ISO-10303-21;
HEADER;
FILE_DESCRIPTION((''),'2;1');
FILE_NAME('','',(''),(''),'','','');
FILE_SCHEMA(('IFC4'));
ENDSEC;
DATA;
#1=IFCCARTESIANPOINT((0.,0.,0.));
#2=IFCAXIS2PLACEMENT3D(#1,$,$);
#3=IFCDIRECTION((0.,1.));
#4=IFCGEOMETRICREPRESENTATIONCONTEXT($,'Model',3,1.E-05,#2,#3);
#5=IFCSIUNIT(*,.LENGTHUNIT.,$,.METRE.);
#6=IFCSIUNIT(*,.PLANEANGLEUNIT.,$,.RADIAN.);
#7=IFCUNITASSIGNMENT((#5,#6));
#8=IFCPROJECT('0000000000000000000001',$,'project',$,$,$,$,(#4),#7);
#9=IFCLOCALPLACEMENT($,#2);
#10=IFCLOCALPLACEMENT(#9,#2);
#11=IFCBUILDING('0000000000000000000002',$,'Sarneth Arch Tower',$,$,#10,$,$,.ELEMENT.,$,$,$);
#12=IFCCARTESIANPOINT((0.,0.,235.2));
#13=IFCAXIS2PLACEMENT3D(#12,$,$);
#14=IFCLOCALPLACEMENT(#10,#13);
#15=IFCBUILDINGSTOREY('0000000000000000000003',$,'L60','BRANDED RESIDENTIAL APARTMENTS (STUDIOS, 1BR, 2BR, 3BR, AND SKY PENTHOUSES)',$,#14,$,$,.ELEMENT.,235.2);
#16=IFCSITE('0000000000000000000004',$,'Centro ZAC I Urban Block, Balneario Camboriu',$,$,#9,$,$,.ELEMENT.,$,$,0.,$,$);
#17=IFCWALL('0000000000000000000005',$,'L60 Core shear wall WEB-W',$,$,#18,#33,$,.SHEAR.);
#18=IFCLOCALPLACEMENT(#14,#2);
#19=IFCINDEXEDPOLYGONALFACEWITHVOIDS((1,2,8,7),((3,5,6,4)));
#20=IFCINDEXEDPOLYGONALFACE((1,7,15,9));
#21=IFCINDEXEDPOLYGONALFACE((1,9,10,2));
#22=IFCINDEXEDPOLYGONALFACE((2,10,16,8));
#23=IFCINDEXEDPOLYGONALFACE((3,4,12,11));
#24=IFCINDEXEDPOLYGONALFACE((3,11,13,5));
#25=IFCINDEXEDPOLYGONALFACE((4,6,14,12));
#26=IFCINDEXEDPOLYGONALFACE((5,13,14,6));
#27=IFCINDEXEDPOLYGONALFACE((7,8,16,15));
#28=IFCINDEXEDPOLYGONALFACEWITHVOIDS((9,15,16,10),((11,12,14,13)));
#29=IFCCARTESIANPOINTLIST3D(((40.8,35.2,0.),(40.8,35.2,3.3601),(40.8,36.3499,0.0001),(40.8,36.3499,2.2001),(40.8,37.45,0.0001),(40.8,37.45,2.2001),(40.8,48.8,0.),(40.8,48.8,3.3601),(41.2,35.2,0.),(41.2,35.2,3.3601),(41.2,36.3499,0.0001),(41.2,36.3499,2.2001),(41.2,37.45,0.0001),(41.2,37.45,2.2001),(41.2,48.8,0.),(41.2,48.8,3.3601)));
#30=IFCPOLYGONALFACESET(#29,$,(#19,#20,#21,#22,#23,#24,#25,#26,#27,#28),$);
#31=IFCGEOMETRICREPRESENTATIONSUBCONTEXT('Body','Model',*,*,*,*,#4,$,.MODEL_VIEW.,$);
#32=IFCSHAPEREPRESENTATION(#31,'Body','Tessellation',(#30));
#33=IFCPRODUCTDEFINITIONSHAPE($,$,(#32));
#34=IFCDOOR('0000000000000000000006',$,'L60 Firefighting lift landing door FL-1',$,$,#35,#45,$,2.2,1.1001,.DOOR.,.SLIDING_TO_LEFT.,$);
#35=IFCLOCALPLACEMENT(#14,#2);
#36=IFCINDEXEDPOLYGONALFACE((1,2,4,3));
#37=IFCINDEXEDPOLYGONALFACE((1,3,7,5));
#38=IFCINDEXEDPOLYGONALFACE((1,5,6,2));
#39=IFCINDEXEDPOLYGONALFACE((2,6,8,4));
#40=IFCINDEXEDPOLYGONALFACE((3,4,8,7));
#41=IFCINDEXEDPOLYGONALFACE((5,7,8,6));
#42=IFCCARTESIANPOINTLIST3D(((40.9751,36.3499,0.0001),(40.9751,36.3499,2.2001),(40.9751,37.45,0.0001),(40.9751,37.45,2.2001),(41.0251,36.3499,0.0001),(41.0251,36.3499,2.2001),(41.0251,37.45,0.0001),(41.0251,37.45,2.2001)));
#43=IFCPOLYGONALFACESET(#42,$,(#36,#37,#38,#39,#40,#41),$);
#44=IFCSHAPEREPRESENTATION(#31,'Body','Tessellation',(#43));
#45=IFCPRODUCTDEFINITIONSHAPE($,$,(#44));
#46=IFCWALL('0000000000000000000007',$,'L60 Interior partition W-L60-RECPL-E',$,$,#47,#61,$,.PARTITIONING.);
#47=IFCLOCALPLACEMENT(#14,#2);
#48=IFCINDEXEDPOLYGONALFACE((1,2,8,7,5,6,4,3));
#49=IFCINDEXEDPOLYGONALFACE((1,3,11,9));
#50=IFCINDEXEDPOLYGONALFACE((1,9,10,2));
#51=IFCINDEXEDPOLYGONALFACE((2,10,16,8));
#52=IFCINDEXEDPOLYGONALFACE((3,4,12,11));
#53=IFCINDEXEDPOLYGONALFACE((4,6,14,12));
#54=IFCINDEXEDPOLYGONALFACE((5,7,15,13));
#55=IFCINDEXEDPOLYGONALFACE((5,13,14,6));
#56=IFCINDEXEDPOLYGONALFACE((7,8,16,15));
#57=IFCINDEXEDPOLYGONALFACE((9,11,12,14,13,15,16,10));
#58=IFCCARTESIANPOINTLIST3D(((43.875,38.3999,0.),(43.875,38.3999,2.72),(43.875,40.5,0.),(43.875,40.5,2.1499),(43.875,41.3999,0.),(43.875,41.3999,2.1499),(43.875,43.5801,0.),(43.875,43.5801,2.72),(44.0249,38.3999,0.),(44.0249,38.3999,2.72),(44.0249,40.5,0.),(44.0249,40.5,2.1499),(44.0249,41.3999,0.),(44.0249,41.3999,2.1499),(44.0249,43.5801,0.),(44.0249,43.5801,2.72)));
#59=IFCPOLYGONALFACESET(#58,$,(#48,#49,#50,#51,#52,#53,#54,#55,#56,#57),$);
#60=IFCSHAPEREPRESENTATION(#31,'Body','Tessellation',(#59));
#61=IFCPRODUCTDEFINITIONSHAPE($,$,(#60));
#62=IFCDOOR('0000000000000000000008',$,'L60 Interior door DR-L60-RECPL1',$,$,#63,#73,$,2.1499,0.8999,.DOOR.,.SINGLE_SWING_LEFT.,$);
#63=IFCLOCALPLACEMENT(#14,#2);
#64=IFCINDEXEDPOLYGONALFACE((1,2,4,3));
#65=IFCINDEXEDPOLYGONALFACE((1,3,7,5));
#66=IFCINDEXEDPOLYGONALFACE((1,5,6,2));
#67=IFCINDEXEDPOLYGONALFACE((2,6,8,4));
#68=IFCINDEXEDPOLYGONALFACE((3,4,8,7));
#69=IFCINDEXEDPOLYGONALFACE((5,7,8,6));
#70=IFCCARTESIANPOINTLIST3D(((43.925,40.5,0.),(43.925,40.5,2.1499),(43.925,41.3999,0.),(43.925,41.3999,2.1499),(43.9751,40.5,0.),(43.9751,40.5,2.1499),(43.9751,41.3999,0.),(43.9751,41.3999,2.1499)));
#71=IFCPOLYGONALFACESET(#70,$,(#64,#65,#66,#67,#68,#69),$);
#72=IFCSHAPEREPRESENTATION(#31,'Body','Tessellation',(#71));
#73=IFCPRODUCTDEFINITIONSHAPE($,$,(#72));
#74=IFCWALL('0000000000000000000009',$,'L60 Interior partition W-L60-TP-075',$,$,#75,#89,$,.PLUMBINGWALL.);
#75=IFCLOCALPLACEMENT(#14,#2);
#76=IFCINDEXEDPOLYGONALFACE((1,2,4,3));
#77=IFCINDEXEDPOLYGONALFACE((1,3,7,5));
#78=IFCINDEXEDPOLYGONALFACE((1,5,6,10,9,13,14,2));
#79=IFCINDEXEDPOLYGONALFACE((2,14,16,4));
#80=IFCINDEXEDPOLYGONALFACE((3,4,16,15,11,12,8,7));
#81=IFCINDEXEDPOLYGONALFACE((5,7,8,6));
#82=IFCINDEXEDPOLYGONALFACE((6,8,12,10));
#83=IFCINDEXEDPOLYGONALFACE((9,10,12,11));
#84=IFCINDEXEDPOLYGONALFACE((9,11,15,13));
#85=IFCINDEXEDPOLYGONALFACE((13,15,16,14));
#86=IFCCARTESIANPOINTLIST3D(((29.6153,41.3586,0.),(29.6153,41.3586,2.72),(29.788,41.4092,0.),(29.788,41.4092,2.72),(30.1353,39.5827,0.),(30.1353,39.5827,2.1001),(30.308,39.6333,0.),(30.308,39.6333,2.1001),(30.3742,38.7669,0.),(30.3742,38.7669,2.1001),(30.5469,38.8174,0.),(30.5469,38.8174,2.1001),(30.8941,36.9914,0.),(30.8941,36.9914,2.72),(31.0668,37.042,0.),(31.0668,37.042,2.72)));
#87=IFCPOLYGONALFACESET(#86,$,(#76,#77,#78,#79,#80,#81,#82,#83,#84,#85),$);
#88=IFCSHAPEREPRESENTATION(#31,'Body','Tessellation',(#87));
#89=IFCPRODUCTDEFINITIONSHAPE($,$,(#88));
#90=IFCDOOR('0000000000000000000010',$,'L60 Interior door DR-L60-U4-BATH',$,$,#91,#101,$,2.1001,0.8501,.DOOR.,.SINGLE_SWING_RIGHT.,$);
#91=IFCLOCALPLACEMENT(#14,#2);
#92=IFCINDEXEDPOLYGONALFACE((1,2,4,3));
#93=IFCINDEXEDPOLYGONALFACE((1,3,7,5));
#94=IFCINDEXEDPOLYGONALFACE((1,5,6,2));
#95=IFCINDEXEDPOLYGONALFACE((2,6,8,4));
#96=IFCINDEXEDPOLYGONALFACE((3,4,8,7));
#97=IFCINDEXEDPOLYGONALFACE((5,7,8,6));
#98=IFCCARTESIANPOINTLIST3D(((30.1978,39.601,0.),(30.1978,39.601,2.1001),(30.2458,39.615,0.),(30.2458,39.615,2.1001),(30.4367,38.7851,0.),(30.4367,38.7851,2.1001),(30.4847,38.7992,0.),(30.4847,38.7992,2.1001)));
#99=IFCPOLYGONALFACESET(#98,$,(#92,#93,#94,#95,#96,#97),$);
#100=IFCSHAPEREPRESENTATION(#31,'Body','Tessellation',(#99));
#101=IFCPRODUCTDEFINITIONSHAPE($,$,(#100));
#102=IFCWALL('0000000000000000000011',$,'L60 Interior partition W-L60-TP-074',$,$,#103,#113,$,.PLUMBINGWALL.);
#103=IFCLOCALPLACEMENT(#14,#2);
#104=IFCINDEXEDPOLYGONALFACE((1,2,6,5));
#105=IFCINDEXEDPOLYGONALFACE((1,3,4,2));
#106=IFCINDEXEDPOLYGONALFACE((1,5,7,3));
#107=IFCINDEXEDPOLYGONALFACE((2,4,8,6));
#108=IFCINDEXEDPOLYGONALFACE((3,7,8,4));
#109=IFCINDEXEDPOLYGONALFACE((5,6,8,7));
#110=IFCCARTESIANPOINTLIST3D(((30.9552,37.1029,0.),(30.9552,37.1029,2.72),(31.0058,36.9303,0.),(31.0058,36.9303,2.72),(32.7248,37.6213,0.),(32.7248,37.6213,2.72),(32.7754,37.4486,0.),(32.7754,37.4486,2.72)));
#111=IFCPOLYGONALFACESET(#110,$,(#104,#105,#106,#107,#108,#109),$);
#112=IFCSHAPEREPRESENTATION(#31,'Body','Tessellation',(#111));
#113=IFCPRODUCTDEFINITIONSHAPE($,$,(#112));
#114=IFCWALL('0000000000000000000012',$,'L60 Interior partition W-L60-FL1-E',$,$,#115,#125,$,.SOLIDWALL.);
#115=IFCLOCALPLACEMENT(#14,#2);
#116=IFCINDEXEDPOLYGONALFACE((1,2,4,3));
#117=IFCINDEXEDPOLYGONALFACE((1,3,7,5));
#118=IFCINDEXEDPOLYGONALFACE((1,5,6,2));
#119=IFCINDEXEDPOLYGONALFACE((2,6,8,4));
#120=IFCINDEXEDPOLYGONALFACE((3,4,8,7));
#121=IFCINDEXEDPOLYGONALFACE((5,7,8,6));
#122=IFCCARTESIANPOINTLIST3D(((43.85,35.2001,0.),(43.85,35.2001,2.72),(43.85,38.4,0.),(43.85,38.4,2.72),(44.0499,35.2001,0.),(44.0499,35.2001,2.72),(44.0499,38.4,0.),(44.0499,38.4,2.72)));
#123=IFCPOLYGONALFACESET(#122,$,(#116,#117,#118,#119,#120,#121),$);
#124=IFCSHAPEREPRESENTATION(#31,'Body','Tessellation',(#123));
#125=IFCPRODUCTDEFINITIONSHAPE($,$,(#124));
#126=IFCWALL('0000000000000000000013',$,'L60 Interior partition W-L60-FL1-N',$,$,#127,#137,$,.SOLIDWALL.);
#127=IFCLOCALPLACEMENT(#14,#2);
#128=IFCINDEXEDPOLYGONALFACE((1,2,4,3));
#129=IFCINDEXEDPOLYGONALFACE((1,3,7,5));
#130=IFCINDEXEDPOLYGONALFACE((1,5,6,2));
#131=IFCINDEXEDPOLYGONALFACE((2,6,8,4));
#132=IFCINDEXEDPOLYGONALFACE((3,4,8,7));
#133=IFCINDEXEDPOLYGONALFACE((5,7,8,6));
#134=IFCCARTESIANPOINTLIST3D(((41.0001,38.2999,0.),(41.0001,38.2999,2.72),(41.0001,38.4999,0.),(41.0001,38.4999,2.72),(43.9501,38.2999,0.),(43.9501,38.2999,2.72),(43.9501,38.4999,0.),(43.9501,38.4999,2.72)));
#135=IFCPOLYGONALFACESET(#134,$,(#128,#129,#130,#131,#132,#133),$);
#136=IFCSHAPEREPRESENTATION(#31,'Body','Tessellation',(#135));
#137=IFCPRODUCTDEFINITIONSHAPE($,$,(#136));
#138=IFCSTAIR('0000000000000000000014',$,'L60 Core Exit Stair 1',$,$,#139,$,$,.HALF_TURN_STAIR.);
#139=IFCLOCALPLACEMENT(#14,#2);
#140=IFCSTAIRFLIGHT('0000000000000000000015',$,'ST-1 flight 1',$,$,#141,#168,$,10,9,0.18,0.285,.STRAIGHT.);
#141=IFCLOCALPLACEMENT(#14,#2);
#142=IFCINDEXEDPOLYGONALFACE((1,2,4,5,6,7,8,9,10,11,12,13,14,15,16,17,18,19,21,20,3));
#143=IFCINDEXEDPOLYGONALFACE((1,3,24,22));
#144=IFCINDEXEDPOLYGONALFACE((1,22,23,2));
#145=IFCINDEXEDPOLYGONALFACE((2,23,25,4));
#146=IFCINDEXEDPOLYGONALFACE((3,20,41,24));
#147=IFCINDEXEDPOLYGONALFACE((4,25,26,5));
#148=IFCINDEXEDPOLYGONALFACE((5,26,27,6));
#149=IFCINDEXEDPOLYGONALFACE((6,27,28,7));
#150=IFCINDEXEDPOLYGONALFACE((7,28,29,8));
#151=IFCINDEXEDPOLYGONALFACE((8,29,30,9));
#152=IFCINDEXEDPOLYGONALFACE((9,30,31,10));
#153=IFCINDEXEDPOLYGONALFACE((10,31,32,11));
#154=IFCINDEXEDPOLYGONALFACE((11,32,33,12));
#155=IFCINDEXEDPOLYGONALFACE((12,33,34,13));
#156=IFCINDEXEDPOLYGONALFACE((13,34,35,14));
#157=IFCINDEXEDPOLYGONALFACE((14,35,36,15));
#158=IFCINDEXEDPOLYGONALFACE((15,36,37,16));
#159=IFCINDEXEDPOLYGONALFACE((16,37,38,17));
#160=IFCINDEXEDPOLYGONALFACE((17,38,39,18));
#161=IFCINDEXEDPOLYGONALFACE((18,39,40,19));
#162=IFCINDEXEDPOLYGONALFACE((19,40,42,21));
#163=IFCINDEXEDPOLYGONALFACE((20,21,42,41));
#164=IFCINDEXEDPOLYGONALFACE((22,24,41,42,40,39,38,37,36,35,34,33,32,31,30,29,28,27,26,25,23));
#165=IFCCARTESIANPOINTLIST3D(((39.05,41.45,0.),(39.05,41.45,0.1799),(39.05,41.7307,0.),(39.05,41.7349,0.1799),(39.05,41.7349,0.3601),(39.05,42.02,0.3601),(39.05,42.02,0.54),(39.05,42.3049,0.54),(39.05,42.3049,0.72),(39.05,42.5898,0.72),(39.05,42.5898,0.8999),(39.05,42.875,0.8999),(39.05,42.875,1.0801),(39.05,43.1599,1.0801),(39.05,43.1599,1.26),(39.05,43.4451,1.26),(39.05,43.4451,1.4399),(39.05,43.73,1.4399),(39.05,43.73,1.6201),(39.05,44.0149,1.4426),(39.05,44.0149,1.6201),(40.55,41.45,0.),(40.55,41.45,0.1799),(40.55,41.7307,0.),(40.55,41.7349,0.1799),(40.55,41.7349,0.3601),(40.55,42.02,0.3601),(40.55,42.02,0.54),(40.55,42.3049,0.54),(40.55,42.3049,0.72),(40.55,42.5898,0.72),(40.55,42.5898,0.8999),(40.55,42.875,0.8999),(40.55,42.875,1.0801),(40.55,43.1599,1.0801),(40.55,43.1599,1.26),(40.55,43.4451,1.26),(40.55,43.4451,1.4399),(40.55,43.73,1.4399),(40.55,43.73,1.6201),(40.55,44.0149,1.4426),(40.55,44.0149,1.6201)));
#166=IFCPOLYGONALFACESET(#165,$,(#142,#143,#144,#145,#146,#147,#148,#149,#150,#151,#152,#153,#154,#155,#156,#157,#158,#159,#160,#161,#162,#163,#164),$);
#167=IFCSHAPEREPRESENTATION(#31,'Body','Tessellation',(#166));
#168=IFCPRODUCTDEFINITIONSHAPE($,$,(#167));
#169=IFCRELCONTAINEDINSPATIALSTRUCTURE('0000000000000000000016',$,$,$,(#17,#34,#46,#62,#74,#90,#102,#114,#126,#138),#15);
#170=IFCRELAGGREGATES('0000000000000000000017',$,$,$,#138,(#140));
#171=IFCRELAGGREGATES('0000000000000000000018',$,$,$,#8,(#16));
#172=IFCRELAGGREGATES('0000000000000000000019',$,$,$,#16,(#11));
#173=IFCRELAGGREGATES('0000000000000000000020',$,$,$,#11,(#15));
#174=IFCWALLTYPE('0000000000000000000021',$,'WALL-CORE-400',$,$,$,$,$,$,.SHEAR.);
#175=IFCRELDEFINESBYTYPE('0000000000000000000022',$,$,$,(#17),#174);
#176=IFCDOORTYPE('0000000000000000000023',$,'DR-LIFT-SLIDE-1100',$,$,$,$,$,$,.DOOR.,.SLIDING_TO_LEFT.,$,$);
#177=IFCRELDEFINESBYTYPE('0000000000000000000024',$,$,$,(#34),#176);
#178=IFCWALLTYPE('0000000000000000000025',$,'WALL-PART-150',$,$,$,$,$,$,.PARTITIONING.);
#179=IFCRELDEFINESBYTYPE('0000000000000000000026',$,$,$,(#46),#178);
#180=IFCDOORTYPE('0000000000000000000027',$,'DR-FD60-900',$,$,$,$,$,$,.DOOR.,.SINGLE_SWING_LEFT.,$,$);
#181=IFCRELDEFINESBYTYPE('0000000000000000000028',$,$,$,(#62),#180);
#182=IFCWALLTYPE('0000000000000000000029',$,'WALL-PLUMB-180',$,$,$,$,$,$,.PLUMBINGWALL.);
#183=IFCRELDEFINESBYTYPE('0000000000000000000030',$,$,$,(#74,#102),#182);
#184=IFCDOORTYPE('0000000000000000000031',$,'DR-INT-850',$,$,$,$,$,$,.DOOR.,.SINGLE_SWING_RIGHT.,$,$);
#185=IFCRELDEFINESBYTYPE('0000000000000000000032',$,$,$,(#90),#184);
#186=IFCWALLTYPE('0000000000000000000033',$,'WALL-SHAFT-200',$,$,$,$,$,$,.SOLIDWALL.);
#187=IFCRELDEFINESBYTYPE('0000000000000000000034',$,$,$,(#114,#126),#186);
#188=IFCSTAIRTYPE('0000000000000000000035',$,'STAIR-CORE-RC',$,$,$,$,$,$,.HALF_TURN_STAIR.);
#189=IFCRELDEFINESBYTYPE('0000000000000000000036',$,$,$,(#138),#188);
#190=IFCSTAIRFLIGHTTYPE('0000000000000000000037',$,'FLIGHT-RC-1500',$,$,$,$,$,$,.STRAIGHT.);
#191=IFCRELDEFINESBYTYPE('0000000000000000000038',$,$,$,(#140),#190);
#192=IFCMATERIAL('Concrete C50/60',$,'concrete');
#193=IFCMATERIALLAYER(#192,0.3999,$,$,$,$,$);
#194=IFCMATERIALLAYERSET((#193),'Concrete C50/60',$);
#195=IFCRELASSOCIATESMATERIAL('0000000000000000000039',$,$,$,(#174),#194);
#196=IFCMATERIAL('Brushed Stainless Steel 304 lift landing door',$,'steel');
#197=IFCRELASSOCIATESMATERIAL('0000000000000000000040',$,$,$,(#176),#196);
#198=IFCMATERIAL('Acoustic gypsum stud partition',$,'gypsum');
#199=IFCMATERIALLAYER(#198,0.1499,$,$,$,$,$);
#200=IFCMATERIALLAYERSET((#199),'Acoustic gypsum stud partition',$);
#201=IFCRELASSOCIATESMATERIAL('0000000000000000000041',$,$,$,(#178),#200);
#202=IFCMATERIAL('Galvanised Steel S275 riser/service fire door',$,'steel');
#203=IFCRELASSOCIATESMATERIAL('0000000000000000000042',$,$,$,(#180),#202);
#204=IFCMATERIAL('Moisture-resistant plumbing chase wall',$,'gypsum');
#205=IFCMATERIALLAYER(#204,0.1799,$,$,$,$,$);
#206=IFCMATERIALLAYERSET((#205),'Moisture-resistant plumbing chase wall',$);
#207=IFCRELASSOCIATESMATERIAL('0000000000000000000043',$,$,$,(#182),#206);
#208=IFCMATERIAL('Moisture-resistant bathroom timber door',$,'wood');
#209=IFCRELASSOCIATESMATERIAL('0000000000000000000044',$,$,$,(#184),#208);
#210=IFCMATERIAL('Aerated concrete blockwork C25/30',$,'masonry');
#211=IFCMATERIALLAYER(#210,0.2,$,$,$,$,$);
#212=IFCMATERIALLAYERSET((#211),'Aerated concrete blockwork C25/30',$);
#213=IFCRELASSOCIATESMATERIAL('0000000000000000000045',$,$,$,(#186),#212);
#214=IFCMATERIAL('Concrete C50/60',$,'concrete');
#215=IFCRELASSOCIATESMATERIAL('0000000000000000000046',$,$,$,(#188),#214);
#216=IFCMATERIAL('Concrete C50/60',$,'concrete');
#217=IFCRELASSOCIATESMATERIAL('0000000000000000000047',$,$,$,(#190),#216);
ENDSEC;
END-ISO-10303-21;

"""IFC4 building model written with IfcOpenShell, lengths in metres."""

from ifc_helpers import new_model, si_unit, direction, frame, frame_2d, origin, place, context, subcontext, project, spatial, polyline, rectangle, outline, extrude, material, layer, layer_set, type_object, element, fill, aggregate, save


model = new_model("IFC4")

# Units and contexts
model_context = context("Model", 3, precision=1e-05, world=origin(), true_north=direction((0.0, 1.0)))
body_context = subcontext(model_context, "Body", "Model", "MODEL_VIEW")
ifc_project = project(units=[si_unit("LENGTHUNIT", "METRE"), si_unit("PLANEANGLEUNIT", "RADIAN")], contexts=[model_context])

# Site, building, storey
site_placement = place(None, origin())
site = spatial("IfcSite", under=ifc_project, at=site_placement, Name="Centro ZAC I Urban Block, Balneario Camboriu", CompositionType="ELEMENT", RefElevation=0.0)
building_placement = place(site_placement, origin())
building = spatial("IfcBuilding", under=site, at=building_placement, Name="Sarneth Arch Tower", CompositionType="ELEMENT")
storey_placement = place(building_placement, frame((0.0, 0.0, 235.2)))
storey = spatial("IfcBuildingStorey", under=building, at=storey_placement, Name="L60", Description="BRANDED RESIDENTIAL APARTMENTS (STUDIOS, 1BR, 2BR, 3BR, AND SKY PENTHOUSES)", CompositionType="ELEMENT", Elevation=235.2)

# Shared definitions
ifc_material_1 = material(Name="Concrete C50/60", Category="concrete")
ifc_layer_1 = layer(ifc_material_1, 0.3999)
ifc_layer_set_1 = layer_set([ifc_layer_1], Name="Concrete C50/60")
wall_type_1 = type_object("IfcWallType", Name="WALL-CORE-400", PredefinedType="SHEAR", material=ifc_layer_set_1)

# Walls, openings, doors
wall_1_placement = place(storey_placement, frame((41.0, 35.2, 0.0), z_axis=(0.0, 0.0, 1.0), x_axis=(0.0, 1.0, 0.0)))
wall_1 = element("IfcWall", 1, at=wall_1_placement, inside=storey, type_object=wall_type_1, Name="L60 Core shear wall WEB-W", PredefinedType="SHEAR", context=body_context, shape_type="SweptSolid", body=[
    extrude(rectangle(XDim=13.6001, YDim=0.3999, at=frame_2d((6.8, 0.0))), origin(), (0.0, 0.0, 1.0), 3.3601),
])
opening_1_placement = place(wall_1_placement, frame((1.1499, 0.0, 0.0)))
opening_1 = element("IfcOpeningElement", 2, at=opening_1_placement, cuts=wall_1, PredefinedType="OPENING", context=body_context, shape_type="SweptSolid", body=[
    extrude(rectangle(XDim=1.1001, YDim=2.2, at=frame_2d((0.55, 1.1001))), frame((0.0, 0.21, 0.0), z_axis=(0.0, -1.0, 0.0), x_axis=(1.0, 0.0, 0.0)), (0.0, 0.0, 1.0), 0.4199),
])
ifc_material_2 = material(Name="Brushed Stainless Steel 304 lift landing door", Category="steel")
door_type_1 = type_object("IfcDoorType", Name="DR-LIFT-SLIDE-1100", OperationType="SLIDING_TO_LEFT", PredefinedType="DOOR", material=ifc_material_2)
door_1_placement = place(opening_1_placement, origin())
door_1 = element("IfcDoor", 3, at=door_1_placement, inside=storey, type_object=door_type_1, Name="L60 Firefighting lift landing door FL-1", OperationType="SLIDING_TO_LEFT", OverallHeight=2.2, OverallWidth=1.1001, PredefinedType="DOOR", context=body_context, shape_type="SweptSolid", body=[
    extrude(rectangle(XDim=1.1001, YDim=2.2, at=frame_2d((0.55, 1.1001))), frame((0.0, 0.0249, 0.0), z_axis=(0.0, -1.0, 0.0), x_axis=(1.0, 0.0, 0.0)), (0.0, 0.0, 1.0), 0.05),
])
fill(opening_1, door_1)
ifc_material_3 = material(Name="Acoustic gypsum stud partition", Category="gypsum")
ifc_layer_2 = layer(ifc_material_3, 0.1499)
ifc_layer_set_2 = layer_set([ifc_layer_2], Name="Acoustic gypsum stud partition")
wall_type_2 = type_object("IfcWallType", Name="WALL-PART-150", PredefinedType="PARTITIONING", material=ifc_layer_set_2)
wall_2_placement = place(storey_placement, frame((43.95, 38.3999, 0.0), z_axis=(0.0, 0.0, 1.0), x_axis=(0.0, 1.0, 0.0)))
wall_2 = element("IfcWall", 4, at=wall_2_placement, inside=storey, type_object=wall_type_2, Name="L60 Interior partition W-L60-RECPL-E", PredefinedType="PARTITIONING", context=body_context, shape_type="SweptSolid", body=[
    extrude(rectangle(XDim=5.1802, YDim=0.1499, at=frame_2d((2.5901, 0.0))), origin(), (0.0, 0.0, 1.0), 2.72),
])
opening_2_placement = place(wall_2_placement, frame((2.1001, 0.0, 0.0)))
opening_2 = element("IfcOpeningElement", 5, at=opening_2_placement, cuts=wall_2, PredefinedType="OPENING", context=body_context, shape_type="SweptSolid", body=[
    extrude(rectangle(XDim=0.8999, YDim=2.1499, at=frame_2d((0.45, 1.075))), frame((0.0, 0.085, 0.0), z_axis=(0.0, -1.0, 0.0), x_axis=(1.0, 0.0, 0.0)), (0.0, 0.0, 1.0), 0.1699),
])
ifc_material_4 = material(Name="Galvanised Steel S275 riser/service fire door", Category="steel")
door_type_2 = type_object("IfcDoorType", Name="DR-FD60-900", OperationType="SINGLE_SWING_LEFT", PredefinedType="DOOR", material=ifc_material_4)
door_2_placement = place(opening_2_placement, origin())
door_2 = element("IfcDoor", 6, at=door_2_placement, inside=storey, type_object=door_type_2, Name="L60 Interior door DR-L60-RECPL1", OperationType="SINGLE_SWING_LEFT", OverallHeight=2.1499, OverallWidth=0.8999, PredefinedType="DOOR", context=body_context, shape_type="SweptSolid", body=[
    extrude(rectangle(XDim=0.8999, YDim=2.1499, at=frame_2d((0.45, 1.075))), frame((0.0, 0.0249, 0.0), z_axis=(0.0, -1.0, 0.0), x_axis=(1.0, 0.0, 0.0)), (0.0, 0.0, 1.0), 0.05),
])
fill(opening_2, door_2)
ifc_material_5 = material(Name="Moisture-resistant plumbing chase wall", Category="gypsum")
ifc_layer_3 = layer(ifc_material_5, 0.1799)
ifc_layer_set_3 = layer_set([ifc_layer_3], Name="Moisture-resistant plumbing chase wall")
wall_type_3 = type_object("IfcWallType", Name="WALL-PLUMB-180", PredefinedType="PLUMBINGWALL", material=ifc_layer_set_3)
wall_3_placement = place(storey_placement, frame((30.9805, 37.0166, 0.0), z_axis=(0.0, 0.0, 1.0), x_axis=(-0.281022, 0.959701, 0.0)))
wall_3 = element("IfcWall", 7, at=wall_3_placement, inside=storey, type_object=wall_type_3, Name="L60 Interior partition W-L60-TP-075", PredefinedType="PLUMBINGWALL", context=body_context, shape_type="SweptSolid", body=[
    extrude(rectangle(XDim=4.5505, YDim=0.1799, at=frame_2d((2.2754, 0.0))), origin(), (0.0, 0.0, 1.0), 2.72),
])
opening_3_placement = place(wall_3_placement, frame((1.8501, 0.0, 0.0)))
opening_3 = element("IfcOpeningElement", 8, at=opening_3_placement, cuts=wall_3, PredefinedType="OPENING", context=body_context, shape_type="SweptSolid", body=[
    extrude(rectangle(XDim=0.8501, YDim=2.1001, at=frame_2d((0.425, 1.05))), frame((0.0, 0.0999, 0.0), z_axis=(0.0, -1.0, 0.0), x_axis=(1.0, 0.0, 0.0)), (0.0, 0.0, 1.0), 0.2),
])
ifc_material_6 = material(Name="Moisture-resistant bathroom timber door", Category="wood")
door_type_3 = type_object("IfcDoorType", Name="DR-INT-850", OperationType="SINGLE_SWING_RIGHT", PredefinedType="DOOR", material=ifc_material_6)
door_3_placement = place(opening_3_placement, origin())
door_3 = element("IfcDoor", 9, at=door_3_placement, inside=storey, type_object=door_type_3, Name="L60 Interior door DR-L60-U4-BATH", OperationType="SINGLE_SWING_RIGHT", OverallHeight=2.1001, OverallWidth=0.8501, PredefinedType="DOOR", context=body_context, shape_type="SweptSolid", body=[
    extrude(rectangle(XDim=0.8501, YDim=2.1001, at=frame_2d((0.425, 1.05))), frame((0.0, 0.0249, 0.0), z_axis=(0.0, -1.0, 0.0), x_axis=(1.0, 0.0, 0.0)), (0.0, 0.0, 1.0), 0.05),
])
fill(opening_3, door_3)

# Wall
wall_4_placement = place(storey_placement, frame((32.75, 37.5349, 0.0), z_axis=(0.0, 0.0, 1.0), x_axis=(-0.959679, -0.281098, 0.0)))
element("IfcWall", 10, at=wall_4_placement, inside=storey, type_object=wall_type_3, Name="L60 Interior partition W-L60-TP-074", PredefinedType="PLUMBINGWALL", context=body_context, shape_type="SweptSolid", body=[
    extrude(rectangle(XDim=1.844, YDim=0.1799, at=frame_2d((0.9219, 0.0))), origin(), (0.0, 0.0, 1.0), 2.72),
])

# Shared definitions
ifc_material_7 = material(Name="Aerated concrete blockwork C25/30", Category="masonry")
ifc_layer_4 = layer(ifc_material_7, 0.2)
ifc_layer_set_4 = layer_set([ifc_layer_4], Name="Aerated concrete blockwork C25/30")
wall_type_4 = type_object("IfcWallType", Name="WALL-SHAFT-200", PredefinedType="SOLIDWALL", material=ifc_layer_set_4)

# Walls
wall_5_placement = place(storey_placement, frame((43.95, 35.2, 0.0), z_axis=(0.0, 0.0, 1.0), x_axis=(0.0, 1.0, 0.0)))
element("IfcWall", 11, at=wall_5_placement, inside=storey, type_object=wall_type_4, Name="L60 Interior partition W-L60-FL1-E", PredefinedType="SOLIDWALL", context=body_context, shape_type="SweptSolid", body=[
    extrude(rectangle(XDim=3.2, YDim=0.2, at=frame_2d((1.6001, 0.0))), origin(), (0.0, 0.0, 1.0), 2.72),
])
wall_6_placement = place(storey_placement, frame((41.0, 38.3999, 0.0), z_axis=(0.0, 0.0, 1.0), x_axis=(1.0, 0.0, 0.0)))
element("IfcWall", 12, at=wall_6_placement, inside=storey, type_object=wall_type_4, Name="L60 Interior partition W-L60-FL1-N", PredefinedType="SOLIDWALL", context=body_context, shape_type="SweptSolid", body=[
    extrude(rectangle(XDim=2.95, YDim=0.2, at=frame_2d((1.4751, 0.0))), origin(), (0.0, 0.0, 1.0), 2.72),
])

# Stair, stair flight
ifc_material_8 = material(Name="Concrete C50/60", Category="concrete")
stair_type = type_object("IfcStairType", Name="STAIR-CORE-RC", PredefinedType="HALF_TURN_STAIR", material=ifc_material_8)
stair_placement = place(storey_placement, origin())
stair = element("IfcStair", 13, at=stair_placement, inside=storey, type_object=stair_type, Name="L60 Core Exit Stair 1", PredefinedType="HALF_TURN_STAIR")
ifc_material_9 = material(Name="Concrete C50/60", Category="concrete")
stair_flight_type = type_object("IfcStairFlightType", Name="FLIGHT-RC-1500", PredefinedType="STRAIGHT", material=ifc_material_9)
stair_flight_placement = place(storey_placement, frame((39.8, 41.45, 0.0), z_axis=(0.0, 0.0, 1.0), x_axis=(0.0, 1.0, 0.0)))
stair_flight = element("IfcStairFlight", 14, at=stair_flight_placement, type_object=stair_flight_type, Name="ST-1 flight 1", NumberOfRisers=10, NumberOfTreads=9, PredefinedType="STRAIGHT", RiserHeight=0.18, TreadLength=0.285, context=body_context, shape_type="SweptSolid", body=[
    extrude(outline(polyline([(0.0, 0.0), (0.0, 0.1799), (0.2849, 0.1799), (0.2849, 0.3601), (0.5701, 0.3601), (0.5701, 0.54), (0.855, 0.54), (0.855, 0.72), (1.1399, 0.72), (1.1399, 0.8999), (1.425, 0.8999), (1.425, 1.0801), (1.71, 1.0801), (1.71, 1.26), (1.9951, 1.26), (1.9951, 1.4399), (2.28, 1.4399), (2.28, 1.6201), (2.5649, 1.6201), (2.5649, 1.8), (2.5649, 1.4426), (0.2808, 0.0), (0.0, 0.0)])), frame((0.0, 0.75, 0.0), z_axis=(0.0, -1.0, 0.0), x_axis=(1.0, 0.0, 0.0)), (0.0, 0.0, 1.0), 1.5),
])
aggregate(stair, [stair_flight])

save(model, "model.ifc")
